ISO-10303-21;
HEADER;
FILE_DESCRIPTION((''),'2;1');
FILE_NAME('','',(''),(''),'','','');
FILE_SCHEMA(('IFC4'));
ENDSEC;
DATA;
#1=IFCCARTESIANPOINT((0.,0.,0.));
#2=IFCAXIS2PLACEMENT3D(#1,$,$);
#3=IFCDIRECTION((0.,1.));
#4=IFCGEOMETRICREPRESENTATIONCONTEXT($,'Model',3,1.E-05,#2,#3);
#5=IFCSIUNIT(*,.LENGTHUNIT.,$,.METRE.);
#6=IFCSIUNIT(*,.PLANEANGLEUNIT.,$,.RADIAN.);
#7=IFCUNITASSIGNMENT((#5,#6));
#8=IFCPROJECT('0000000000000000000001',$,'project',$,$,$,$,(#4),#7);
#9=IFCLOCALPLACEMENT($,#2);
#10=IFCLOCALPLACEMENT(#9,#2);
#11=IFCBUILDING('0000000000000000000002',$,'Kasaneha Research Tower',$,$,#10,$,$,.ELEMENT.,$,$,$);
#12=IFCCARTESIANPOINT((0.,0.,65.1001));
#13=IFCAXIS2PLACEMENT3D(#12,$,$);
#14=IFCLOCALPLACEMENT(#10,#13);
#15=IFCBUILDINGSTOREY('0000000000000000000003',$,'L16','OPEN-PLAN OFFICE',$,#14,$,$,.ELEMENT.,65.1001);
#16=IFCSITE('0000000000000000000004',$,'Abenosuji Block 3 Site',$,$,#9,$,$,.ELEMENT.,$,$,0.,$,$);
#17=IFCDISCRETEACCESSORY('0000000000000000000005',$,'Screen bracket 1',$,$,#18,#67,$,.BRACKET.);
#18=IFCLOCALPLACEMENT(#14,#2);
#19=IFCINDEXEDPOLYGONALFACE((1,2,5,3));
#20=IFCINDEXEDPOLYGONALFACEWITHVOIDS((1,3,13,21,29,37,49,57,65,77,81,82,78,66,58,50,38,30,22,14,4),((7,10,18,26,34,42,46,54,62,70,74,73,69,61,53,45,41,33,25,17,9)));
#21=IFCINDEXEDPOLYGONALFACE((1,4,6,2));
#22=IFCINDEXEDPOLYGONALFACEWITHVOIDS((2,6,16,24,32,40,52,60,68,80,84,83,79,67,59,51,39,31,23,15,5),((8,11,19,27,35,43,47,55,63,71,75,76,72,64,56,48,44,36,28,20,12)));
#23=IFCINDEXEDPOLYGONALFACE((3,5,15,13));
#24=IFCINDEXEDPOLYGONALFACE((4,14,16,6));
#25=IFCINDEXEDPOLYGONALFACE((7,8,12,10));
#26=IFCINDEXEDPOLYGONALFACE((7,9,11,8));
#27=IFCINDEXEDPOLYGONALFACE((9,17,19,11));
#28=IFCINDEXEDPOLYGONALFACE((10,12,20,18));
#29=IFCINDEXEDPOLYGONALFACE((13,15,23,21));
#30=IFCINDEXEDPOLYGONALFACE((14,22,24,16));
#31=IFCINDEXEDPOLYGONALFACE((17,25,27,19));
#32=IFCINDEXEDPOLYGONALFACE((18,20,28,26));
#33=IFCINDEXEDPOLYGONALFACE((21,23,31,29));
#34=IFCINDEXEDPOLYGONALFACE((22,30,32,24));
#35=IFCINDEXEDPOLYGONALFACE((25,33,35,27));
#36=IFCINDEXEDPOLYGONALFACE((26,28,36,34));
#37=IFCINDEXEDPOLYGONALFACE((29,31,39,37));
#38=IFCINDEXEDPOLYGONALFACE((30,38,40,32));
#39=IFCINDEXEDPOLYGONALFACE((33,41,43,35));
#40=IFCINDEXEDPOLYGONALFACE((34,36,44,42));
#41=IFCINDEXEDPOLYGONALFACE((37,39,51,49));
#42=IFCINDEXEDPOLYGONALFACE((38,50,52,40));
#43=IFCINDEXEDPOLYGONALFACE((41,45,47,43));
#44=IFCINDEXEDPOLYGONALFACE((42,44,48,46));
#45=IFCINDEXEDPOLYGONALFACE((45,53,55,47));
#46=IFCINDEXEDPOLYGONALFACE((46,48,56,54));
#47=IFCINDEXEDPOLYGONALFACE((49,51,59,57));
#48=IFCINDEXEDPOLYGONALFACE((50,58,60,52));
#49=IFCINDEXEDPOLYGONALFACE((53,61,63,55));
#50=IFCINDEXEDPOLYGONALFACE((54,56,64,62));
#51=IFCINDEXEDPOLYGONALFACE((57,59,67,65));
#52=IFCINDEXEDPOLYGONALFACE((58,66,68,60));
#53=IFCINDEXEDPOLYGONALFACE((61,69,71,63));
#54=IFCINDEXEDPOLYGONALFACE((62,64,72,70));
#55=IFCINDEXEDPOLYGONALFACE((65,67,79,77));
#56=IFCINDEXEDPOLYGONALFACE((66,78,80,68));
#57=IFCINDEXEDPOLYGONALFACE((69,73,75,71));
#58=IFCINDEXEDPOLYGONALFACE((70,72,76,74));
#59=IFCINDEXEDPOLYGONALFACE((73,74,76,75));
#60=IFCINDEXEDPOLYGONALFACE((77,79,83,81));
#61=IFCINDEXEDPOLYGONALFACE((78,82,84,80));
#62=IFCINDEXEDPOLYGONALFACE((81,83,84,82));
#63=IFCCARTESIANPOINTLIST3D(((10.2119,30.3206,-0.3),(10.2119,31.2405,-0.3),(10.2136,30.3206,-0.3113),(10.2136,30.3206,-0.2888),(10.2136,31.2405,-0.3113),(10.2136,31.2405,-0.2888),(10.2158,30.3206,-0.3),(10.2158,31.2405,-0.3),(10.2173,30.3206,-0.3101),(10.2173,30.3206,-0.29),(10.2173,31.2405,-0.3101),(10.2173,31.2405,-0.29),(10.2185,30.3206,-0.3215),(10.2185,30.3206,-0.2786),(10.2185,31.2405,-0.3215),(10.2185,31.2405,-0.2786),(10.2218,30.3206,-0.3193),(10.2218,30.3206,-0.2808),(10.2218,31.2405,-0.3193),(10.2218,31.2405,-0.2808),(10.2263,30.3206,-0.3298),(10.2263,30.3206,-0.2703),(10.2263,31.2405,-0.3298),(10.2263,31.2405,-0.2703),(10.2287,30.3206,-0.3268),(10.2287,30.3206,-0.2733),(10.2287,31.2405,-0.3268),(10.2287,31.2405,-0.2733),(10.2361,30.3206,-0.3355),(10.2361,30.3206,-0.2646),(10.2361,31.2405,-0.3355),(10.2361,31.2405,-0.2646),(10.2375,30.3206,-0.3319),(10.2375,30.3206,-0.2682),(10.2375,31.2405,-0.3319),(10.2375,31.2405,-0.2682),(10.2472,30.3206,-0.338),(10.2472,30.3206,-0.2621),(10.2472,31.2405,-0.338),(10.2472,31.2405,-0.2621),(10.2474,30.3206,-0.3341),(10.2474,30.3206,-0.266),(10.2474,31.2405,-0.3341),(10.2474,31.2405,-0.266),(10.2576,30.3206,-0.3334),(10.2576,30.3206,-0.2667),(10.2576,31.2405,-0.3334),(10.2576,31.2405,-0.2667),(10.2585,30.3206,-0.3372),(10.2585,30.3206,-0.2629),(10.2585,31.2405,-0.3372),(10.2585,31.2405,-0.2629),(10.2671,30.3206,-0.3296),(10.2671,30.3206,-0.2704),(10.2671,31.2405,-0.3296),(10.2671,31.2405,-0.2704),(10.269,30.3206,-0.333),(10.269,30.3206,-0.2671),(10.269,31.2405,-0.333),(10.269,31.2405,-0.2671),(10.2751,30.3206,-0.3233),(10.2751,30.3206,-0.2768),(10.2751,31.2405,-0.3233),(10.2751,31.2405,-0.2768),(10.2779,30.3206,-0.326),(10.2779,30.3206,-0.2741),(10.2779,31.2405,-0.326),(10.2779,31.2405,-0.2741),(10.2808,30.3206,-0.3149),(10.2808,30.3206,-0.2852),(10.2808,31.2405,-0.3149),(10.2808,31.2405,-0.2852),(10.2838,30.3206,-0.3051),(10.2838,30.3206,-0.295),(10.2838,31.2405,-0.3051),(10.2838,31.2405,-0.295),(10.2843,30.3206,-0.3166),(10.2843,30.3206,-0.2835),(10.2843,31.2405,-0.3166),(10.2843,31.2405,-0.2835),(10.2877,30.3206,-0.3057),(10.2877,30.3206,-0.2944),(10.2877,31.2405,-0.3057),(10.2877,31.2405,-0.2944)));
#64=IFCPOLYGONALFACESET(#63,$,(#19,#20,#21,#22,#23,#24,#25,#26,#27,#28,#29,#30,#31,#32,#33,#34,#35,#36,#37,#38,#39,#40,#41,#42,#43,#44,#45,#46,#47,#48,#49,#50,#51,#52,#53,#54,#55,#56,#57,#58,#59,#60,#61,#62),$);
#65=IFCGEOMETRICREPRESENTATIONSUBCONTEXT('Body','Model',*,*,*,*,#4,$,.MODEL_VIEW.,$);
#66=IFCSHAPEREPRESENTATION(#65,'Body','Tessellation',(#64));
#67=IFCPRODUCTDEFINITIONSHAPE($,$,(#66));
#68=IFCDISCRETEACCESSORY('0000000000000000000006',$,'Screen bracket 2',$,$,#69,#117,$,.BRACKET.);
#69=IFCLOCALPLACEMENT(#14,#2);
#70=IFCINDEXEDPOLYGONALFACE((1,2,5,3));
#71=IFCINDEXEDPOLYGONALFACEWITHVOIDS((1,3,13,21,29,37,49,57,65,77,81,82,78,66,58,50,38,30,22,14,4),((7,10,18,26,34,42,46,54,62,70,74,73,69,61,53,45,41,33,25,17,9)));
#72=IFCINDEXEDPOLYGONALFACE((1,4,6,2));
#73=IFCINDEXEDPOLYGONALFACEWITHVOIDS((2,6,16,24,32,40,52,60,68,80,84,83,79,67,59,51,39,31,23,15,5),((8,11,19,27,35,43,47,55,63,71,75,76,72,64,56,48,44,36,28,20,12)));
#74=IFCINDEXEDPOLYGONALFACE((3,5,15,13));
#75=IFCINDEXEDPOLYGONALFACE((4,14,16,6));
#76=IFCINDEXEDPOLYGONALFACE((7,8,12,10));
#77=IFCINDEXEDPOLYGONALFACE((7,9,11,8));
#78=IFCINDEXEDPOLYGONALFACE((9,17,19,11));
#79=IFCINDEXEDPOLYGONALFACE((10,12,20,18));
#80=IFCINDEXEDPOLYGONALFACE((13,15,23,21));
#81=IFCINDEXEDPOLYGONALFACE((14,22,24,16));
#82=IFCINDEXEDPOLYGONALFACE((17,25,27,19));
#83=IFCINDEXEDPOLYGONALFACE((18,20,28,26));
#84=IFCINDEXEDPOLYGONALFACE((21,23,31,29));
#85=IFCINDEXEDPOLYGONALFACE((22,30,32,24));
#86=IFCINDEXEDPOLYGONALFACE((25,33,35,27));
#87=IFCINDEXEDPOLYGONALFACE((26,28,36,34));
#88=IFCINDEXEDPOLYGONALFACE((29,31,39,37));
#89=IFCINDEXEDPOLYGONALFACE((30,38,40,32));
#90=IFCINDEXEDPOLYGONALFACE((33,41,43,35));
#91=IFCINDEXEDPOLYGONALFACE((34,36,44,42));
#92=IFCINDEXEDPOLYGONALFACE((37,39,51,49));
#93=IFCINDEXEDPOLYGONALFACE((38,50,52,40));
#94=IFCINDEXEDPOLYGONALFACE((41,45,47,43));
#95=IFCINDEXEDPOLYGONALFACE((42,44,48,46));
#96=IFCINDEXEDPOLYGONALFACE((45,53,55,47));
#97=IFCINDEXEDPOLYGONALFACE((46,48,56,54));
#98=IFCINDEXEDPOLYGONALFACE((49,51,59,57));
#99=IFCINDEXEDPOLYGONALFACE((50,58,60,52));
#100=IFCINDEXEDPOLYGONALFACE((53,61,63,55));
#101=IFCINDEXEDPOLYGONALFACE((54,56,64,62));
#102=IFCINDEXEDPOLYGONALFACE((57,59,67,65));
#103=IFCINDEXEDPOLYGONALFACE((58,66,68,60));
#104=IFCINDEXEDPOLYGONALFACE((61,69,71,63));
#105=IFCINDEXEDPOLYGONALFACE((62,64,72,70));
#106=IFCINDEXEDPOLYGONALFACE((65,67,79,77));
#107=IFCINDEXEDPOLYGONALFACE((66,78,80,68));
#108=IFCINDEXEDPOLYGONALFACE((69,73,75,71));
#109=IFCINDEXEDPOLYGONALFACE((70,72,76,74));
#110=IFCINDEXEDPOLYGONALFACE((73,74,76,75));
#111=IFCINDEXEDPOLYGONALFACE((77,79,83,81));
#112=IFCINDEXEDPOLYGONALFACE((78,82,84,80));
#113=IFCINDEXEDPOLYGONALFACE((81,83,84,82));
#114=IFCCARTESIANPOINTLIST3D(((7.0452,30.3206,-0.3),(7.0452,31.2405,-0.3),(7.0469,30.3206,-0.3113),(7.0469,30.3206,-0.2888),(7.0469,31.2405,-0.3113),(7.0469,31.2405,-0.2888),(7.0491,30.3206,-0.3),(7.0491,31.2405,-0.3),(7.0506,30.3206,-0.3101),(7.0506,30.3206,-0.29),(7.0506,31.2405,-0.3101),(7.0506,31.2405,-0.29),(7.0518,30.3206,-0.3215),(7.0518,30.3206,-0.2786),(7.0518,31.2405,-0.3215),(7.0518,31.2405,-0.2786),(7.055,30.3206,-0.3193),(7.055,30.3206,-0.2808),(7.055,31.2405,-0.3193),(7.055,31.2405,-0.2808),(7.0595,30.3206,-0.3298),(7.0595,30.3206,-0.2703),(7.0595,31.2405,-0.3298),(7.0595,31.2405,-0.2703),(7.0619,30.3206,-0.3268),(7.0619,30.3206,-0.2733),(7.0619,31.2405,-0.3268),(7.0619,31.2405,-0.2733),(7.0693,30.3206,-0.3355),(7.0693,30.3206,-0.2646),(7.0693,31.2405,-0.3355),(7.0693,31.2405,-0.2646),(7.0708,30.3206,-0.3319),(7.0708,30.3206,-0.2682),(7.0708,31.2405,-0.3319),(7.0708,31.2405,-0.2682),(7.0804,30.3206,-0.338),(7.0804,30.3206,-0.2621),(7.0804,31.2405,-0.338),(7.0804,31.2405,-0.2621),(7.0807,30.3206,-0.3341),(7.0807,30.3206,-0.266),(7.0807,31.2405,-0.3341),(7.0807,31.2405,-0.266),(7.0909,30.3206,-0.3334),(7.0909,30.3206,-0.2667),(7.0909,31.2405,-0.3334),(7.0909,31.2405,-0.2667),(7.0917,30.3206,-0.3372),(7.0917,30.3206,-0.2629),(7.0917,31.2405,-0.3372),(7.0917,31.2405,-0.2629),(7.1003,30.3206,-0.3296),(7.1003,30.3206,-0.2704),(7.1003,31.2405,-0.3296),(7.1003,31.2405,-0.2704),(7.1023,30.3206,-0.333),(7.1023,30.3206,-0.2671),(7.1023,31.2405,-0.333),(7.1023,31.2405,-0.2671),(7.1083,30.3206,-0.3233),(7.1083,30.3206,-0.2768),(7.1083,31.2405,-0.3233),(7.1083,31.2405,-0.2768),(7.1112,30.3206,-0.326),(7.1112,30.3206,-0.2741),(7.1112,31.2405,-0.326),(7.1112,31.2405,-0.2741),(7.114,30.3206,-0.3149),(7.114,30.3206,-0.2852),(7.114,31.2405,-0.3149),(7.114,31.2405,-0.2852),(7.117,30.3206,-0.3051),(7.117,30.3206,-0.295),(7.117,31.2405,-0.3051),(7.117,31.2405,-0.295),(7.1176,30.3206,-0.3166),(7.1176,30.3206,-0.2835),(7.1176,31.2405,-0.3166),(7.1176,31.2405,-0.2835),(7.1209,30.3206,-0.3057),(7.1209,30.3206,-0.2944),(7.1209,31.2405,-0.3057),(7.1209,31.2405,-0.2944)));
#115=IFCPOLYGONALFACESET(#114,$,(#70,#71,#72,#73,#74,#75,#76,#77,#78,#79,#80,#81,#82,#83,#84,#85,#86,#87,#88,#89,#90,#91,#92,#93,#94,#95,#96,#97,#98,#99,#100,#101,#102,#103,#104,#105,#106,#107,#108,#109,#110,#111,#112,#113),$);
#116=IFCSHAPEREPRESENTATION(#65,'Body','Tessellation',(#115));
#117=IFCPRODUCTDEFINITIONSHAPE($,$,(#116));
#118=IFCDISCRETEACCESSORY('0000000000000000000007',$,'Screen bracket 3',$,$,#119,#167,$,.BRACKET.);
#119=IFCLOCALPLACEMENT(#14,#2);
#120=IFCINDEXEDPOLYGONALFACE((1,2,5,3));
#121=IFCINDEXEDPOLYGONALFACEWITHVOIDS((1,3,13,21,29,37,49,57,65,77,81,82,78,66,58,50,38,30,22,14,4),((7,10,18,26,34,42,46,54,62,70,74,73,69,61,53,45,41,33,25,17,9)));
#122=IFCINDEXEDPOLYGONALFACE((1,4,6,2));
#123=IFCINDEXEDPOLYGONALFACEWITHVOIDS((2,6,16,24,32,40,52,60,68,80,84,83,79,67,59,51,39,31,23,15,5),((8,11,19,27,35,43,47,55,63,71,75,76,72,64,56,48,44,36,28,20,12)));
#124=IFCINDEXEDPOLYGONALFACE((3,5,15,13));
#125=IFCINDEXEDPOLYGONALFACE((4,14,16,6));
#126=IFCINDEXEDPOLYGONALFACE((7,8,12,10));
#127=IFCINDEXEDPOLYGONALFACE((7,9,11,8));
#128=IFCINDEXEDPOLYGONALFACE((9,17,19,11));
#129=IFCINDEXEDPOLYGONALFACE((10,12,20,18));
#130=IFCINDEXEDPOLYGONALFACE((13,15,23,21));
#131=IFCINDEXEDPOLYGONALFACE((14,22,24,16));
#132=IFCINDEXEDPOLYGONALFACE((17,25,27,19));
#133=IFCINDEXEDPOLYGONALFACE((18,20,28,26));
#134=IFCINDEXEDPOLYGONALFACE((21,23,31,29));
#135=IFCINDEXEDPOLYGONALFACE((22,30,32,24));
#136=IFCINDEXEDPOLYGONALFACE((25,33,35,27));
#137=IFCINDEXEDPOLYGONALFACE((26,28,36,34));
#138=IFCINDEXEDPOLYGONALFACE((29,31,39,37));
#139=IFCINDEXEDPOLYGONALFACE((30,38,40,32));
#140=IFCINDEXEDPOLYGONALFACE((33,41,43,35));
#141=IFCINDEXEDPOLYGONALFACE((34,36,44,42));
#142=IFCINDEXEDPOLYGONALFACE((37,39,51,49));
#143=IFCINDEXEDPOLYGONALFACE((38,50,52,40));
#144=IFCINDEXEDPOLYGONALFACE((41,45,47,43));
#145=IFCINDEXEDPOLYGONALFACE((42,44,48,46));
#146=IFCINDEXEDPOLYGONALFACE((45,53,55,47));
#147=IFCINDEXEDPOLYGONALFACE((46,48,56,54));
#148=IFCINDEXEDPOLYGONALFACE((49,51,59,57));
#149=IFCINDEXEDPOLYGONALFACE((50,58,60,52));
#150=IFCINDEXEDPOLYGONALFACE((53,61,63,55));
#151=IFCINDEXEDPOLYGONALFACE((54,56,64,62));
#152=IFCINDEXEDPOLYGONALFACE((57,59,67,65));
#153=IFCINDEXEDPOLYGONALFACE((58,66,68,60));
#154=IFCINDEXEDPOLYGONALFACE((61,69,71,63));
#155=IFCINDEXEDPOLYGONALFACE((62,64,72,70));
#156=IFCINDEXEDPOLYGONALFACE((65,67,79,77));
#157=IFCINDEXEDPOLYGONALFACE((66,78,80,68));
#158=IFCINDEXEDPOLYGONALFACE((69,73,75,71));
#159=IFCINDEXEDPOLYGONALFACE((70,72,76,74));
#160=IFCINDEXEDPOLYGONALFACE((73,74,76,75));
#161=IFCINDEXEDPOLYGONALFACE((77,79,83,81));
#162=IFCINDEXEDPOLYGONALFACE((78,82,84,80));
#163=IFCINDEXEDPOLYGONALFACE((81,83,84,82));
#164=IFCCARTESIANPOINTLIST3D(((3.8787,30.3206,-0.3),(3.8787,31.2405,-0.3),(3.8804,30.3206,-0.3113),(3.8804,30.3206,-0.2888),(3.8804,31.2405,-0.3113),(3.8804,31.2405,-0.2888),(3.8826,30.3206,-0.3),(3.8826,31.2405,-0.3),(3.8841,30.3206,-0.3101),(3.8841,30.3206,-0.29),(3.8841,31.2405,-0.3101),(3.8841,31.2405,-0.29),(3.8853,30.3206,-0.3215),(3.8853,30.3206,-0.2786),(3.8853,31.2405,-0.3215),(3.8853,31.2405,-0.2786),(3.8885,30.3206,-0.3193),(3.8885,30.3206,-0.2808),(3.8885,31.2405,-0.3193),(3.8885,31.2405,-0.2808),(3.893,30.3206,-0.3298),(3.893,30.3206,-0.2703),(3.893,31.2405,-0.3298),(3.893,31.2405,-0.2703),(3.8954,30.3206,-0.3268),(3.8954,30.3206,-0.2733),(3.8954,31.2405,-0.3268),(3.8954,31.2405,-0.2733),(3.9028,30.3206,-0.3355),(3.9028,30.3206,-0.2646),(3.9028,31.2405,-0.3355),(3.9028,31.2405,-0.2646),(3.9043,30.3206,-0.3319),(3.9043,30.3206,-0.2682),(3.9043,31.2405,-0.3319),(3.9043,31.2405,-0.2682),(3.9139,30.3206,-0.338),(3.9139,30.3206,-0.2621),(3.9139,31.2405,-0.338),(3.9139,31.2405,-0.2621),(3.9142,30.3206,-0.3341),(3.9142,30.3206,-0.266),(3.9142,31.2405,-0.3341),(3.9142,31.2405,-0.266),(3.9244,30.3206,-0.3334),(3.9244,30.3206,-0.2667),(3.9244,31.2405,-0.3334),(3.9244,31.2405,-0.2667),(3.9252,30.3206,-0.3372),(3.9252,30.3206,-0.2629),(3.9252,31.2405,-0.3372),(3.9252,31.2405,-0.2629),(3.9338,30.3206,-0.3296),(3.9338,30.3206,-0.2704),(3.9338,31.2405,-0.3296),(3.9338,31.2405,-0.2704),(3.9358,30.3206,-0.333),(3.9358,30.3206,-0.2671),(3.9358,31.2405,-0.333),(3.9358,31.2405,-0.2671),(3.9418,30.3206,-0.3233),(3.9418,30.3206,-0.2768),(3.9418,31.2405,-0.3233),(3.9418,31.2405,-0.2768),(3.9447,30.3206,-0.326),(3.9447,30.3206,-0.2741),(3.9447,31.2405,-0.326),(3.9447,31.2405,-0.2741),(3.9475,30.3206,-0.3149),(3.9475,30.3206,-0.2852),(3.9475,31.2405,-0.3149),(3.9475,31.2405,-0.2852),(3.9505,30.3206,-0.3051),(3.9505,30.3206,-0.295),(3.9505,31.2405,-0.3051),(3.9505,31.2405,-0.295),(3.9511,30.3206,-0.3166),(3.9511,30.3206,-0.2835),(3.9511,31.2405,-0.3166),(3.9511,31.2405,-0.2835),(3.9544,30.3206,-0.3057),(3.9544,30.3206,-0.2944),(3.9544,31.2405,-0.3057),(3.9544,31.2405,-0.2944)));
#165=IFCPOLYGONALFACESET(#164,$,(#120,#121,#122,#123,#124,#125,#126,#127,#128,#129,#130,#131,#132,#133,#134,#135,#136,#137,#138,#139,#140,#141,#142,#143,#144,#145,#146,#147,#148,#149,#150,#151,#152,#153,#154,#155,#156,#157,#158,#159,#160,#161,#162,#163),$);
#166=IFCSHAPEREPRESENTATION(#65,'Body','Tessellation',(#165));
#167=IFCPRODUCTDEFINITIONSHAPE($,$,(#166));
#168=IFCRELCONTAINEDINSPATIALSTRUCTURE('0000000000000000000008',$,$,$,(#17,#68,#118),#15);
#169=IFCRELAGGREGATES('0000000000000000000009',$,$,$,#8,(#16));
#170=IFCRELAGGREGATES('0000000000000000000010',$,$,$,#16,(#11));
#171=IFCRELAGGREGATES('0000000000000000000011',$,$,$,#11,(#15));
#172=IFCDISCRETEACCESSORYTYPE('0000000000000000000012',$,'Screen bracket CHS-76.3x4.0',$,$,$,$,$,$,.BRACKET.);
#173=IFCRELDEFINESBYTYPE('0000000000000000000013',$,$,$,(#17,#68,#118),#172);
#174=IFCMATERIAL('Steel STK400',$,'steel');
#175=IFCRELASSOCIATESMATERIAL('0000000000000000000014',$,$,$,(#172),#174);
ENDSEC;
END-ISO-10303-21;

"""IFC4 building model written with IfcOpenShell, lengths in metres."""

from ifc_helpers import new_model, si_unit, direction, frame, origin, origin_2d, place, context, subcontext, project, spatial, hollow_circle, extrude, material, material_profile, profile_set, type_object, element, save


model = new_model("IFC4")

# Units and contexts
model_context = context("Model", 3, precision=1e-05, world=origin(), true_north=direction((0.0, 1.0)))
body_context = subcontext(model_context, "Body", "Model", "MODEL_VIEW")
ifc_project = project(units=[si_unit("LENGTHUNIT", "METRE"), si_unit("PLANEANGLEUNIT", "RADIAN")], contexts=[model_context])

# Site, building, storey
site_placement = place(None, origin())
site = spatial("IfcSite", under=ifc_project, at=site_placement, Name="Abenosuji Block 3 Site", CompositionType="ELEMENT", RefElevation=0.0)
building_placement = place(site_placement, origin())
building = spatial("IfcBuilding", under=site, at=building_placement, Name="Kasaneha Research Tower", CompositionType="ELEMENT")
storey_placement = place(building_placement, frame((0.0, 0.0, 65.1001)))
storey = spatial("IfcBuildingStorey", under=building, at=storey_placement, Name="L16", Description="OPEN-PLAN OFFICE", CompositionType="ELEMENT", Elevation=65.1001)

# Discrete accessories
ifc_material_1 = material(Name="Steel STK400", Category="steel")
ifc_material_profile_1 = material_profile(ifc_material_1, hollow_circle(Radius=0.0381, WallThickness=0.0039, at=origin_2d()), Name="CHS-76.3x4.0")
ifc_profile_set_1 = profile_set([ifc_material_profile_1], Name="Steel STK400")
discrete_accessory_type = type_object("IfcDiscreteAccessoryType", Name="Screen bracket CHS-76.3x4.0", PredefinedType="BRACKET", material=ifc_profile_set_1)
for number, where, z_axis, x_axis, name in (
    (1, (10.25, 30.3206, -0.3), (0.0, 1.0, 0.0), (-1.0, 0.0, 0.0), "Screen bracket 1"),
    (2, (7.0833, 30.3206, -0.3), (0.0, 1.0, 0.0), (-1.0, 0.0, 0.0), "Screen bracket 2"),
    (3, (3.9167, 30.3206, -0.3), (0.0, 1.0, 0.0), (-1.0, 0.0, 0.0), "Screen bracket 3"),
):
    element("IfcDiscreteAccessory", number, at=place(storey_placement, frame(where, z_axis=z_axis, x_axis=x_axis)), inside=storey, type_object=discrete_accessory_type, Name=name, PredefinedType="BRACKET", context=body_context, shape_type="SweptSolid", body=[
        extrude(hollow_circle(Radius=0.0381, WallThickness=0.0039, at=origin_2d()), origin(), (0.0, 0.0, 1.0), 0.9199),
    ])

save(model, "model.ifc")
